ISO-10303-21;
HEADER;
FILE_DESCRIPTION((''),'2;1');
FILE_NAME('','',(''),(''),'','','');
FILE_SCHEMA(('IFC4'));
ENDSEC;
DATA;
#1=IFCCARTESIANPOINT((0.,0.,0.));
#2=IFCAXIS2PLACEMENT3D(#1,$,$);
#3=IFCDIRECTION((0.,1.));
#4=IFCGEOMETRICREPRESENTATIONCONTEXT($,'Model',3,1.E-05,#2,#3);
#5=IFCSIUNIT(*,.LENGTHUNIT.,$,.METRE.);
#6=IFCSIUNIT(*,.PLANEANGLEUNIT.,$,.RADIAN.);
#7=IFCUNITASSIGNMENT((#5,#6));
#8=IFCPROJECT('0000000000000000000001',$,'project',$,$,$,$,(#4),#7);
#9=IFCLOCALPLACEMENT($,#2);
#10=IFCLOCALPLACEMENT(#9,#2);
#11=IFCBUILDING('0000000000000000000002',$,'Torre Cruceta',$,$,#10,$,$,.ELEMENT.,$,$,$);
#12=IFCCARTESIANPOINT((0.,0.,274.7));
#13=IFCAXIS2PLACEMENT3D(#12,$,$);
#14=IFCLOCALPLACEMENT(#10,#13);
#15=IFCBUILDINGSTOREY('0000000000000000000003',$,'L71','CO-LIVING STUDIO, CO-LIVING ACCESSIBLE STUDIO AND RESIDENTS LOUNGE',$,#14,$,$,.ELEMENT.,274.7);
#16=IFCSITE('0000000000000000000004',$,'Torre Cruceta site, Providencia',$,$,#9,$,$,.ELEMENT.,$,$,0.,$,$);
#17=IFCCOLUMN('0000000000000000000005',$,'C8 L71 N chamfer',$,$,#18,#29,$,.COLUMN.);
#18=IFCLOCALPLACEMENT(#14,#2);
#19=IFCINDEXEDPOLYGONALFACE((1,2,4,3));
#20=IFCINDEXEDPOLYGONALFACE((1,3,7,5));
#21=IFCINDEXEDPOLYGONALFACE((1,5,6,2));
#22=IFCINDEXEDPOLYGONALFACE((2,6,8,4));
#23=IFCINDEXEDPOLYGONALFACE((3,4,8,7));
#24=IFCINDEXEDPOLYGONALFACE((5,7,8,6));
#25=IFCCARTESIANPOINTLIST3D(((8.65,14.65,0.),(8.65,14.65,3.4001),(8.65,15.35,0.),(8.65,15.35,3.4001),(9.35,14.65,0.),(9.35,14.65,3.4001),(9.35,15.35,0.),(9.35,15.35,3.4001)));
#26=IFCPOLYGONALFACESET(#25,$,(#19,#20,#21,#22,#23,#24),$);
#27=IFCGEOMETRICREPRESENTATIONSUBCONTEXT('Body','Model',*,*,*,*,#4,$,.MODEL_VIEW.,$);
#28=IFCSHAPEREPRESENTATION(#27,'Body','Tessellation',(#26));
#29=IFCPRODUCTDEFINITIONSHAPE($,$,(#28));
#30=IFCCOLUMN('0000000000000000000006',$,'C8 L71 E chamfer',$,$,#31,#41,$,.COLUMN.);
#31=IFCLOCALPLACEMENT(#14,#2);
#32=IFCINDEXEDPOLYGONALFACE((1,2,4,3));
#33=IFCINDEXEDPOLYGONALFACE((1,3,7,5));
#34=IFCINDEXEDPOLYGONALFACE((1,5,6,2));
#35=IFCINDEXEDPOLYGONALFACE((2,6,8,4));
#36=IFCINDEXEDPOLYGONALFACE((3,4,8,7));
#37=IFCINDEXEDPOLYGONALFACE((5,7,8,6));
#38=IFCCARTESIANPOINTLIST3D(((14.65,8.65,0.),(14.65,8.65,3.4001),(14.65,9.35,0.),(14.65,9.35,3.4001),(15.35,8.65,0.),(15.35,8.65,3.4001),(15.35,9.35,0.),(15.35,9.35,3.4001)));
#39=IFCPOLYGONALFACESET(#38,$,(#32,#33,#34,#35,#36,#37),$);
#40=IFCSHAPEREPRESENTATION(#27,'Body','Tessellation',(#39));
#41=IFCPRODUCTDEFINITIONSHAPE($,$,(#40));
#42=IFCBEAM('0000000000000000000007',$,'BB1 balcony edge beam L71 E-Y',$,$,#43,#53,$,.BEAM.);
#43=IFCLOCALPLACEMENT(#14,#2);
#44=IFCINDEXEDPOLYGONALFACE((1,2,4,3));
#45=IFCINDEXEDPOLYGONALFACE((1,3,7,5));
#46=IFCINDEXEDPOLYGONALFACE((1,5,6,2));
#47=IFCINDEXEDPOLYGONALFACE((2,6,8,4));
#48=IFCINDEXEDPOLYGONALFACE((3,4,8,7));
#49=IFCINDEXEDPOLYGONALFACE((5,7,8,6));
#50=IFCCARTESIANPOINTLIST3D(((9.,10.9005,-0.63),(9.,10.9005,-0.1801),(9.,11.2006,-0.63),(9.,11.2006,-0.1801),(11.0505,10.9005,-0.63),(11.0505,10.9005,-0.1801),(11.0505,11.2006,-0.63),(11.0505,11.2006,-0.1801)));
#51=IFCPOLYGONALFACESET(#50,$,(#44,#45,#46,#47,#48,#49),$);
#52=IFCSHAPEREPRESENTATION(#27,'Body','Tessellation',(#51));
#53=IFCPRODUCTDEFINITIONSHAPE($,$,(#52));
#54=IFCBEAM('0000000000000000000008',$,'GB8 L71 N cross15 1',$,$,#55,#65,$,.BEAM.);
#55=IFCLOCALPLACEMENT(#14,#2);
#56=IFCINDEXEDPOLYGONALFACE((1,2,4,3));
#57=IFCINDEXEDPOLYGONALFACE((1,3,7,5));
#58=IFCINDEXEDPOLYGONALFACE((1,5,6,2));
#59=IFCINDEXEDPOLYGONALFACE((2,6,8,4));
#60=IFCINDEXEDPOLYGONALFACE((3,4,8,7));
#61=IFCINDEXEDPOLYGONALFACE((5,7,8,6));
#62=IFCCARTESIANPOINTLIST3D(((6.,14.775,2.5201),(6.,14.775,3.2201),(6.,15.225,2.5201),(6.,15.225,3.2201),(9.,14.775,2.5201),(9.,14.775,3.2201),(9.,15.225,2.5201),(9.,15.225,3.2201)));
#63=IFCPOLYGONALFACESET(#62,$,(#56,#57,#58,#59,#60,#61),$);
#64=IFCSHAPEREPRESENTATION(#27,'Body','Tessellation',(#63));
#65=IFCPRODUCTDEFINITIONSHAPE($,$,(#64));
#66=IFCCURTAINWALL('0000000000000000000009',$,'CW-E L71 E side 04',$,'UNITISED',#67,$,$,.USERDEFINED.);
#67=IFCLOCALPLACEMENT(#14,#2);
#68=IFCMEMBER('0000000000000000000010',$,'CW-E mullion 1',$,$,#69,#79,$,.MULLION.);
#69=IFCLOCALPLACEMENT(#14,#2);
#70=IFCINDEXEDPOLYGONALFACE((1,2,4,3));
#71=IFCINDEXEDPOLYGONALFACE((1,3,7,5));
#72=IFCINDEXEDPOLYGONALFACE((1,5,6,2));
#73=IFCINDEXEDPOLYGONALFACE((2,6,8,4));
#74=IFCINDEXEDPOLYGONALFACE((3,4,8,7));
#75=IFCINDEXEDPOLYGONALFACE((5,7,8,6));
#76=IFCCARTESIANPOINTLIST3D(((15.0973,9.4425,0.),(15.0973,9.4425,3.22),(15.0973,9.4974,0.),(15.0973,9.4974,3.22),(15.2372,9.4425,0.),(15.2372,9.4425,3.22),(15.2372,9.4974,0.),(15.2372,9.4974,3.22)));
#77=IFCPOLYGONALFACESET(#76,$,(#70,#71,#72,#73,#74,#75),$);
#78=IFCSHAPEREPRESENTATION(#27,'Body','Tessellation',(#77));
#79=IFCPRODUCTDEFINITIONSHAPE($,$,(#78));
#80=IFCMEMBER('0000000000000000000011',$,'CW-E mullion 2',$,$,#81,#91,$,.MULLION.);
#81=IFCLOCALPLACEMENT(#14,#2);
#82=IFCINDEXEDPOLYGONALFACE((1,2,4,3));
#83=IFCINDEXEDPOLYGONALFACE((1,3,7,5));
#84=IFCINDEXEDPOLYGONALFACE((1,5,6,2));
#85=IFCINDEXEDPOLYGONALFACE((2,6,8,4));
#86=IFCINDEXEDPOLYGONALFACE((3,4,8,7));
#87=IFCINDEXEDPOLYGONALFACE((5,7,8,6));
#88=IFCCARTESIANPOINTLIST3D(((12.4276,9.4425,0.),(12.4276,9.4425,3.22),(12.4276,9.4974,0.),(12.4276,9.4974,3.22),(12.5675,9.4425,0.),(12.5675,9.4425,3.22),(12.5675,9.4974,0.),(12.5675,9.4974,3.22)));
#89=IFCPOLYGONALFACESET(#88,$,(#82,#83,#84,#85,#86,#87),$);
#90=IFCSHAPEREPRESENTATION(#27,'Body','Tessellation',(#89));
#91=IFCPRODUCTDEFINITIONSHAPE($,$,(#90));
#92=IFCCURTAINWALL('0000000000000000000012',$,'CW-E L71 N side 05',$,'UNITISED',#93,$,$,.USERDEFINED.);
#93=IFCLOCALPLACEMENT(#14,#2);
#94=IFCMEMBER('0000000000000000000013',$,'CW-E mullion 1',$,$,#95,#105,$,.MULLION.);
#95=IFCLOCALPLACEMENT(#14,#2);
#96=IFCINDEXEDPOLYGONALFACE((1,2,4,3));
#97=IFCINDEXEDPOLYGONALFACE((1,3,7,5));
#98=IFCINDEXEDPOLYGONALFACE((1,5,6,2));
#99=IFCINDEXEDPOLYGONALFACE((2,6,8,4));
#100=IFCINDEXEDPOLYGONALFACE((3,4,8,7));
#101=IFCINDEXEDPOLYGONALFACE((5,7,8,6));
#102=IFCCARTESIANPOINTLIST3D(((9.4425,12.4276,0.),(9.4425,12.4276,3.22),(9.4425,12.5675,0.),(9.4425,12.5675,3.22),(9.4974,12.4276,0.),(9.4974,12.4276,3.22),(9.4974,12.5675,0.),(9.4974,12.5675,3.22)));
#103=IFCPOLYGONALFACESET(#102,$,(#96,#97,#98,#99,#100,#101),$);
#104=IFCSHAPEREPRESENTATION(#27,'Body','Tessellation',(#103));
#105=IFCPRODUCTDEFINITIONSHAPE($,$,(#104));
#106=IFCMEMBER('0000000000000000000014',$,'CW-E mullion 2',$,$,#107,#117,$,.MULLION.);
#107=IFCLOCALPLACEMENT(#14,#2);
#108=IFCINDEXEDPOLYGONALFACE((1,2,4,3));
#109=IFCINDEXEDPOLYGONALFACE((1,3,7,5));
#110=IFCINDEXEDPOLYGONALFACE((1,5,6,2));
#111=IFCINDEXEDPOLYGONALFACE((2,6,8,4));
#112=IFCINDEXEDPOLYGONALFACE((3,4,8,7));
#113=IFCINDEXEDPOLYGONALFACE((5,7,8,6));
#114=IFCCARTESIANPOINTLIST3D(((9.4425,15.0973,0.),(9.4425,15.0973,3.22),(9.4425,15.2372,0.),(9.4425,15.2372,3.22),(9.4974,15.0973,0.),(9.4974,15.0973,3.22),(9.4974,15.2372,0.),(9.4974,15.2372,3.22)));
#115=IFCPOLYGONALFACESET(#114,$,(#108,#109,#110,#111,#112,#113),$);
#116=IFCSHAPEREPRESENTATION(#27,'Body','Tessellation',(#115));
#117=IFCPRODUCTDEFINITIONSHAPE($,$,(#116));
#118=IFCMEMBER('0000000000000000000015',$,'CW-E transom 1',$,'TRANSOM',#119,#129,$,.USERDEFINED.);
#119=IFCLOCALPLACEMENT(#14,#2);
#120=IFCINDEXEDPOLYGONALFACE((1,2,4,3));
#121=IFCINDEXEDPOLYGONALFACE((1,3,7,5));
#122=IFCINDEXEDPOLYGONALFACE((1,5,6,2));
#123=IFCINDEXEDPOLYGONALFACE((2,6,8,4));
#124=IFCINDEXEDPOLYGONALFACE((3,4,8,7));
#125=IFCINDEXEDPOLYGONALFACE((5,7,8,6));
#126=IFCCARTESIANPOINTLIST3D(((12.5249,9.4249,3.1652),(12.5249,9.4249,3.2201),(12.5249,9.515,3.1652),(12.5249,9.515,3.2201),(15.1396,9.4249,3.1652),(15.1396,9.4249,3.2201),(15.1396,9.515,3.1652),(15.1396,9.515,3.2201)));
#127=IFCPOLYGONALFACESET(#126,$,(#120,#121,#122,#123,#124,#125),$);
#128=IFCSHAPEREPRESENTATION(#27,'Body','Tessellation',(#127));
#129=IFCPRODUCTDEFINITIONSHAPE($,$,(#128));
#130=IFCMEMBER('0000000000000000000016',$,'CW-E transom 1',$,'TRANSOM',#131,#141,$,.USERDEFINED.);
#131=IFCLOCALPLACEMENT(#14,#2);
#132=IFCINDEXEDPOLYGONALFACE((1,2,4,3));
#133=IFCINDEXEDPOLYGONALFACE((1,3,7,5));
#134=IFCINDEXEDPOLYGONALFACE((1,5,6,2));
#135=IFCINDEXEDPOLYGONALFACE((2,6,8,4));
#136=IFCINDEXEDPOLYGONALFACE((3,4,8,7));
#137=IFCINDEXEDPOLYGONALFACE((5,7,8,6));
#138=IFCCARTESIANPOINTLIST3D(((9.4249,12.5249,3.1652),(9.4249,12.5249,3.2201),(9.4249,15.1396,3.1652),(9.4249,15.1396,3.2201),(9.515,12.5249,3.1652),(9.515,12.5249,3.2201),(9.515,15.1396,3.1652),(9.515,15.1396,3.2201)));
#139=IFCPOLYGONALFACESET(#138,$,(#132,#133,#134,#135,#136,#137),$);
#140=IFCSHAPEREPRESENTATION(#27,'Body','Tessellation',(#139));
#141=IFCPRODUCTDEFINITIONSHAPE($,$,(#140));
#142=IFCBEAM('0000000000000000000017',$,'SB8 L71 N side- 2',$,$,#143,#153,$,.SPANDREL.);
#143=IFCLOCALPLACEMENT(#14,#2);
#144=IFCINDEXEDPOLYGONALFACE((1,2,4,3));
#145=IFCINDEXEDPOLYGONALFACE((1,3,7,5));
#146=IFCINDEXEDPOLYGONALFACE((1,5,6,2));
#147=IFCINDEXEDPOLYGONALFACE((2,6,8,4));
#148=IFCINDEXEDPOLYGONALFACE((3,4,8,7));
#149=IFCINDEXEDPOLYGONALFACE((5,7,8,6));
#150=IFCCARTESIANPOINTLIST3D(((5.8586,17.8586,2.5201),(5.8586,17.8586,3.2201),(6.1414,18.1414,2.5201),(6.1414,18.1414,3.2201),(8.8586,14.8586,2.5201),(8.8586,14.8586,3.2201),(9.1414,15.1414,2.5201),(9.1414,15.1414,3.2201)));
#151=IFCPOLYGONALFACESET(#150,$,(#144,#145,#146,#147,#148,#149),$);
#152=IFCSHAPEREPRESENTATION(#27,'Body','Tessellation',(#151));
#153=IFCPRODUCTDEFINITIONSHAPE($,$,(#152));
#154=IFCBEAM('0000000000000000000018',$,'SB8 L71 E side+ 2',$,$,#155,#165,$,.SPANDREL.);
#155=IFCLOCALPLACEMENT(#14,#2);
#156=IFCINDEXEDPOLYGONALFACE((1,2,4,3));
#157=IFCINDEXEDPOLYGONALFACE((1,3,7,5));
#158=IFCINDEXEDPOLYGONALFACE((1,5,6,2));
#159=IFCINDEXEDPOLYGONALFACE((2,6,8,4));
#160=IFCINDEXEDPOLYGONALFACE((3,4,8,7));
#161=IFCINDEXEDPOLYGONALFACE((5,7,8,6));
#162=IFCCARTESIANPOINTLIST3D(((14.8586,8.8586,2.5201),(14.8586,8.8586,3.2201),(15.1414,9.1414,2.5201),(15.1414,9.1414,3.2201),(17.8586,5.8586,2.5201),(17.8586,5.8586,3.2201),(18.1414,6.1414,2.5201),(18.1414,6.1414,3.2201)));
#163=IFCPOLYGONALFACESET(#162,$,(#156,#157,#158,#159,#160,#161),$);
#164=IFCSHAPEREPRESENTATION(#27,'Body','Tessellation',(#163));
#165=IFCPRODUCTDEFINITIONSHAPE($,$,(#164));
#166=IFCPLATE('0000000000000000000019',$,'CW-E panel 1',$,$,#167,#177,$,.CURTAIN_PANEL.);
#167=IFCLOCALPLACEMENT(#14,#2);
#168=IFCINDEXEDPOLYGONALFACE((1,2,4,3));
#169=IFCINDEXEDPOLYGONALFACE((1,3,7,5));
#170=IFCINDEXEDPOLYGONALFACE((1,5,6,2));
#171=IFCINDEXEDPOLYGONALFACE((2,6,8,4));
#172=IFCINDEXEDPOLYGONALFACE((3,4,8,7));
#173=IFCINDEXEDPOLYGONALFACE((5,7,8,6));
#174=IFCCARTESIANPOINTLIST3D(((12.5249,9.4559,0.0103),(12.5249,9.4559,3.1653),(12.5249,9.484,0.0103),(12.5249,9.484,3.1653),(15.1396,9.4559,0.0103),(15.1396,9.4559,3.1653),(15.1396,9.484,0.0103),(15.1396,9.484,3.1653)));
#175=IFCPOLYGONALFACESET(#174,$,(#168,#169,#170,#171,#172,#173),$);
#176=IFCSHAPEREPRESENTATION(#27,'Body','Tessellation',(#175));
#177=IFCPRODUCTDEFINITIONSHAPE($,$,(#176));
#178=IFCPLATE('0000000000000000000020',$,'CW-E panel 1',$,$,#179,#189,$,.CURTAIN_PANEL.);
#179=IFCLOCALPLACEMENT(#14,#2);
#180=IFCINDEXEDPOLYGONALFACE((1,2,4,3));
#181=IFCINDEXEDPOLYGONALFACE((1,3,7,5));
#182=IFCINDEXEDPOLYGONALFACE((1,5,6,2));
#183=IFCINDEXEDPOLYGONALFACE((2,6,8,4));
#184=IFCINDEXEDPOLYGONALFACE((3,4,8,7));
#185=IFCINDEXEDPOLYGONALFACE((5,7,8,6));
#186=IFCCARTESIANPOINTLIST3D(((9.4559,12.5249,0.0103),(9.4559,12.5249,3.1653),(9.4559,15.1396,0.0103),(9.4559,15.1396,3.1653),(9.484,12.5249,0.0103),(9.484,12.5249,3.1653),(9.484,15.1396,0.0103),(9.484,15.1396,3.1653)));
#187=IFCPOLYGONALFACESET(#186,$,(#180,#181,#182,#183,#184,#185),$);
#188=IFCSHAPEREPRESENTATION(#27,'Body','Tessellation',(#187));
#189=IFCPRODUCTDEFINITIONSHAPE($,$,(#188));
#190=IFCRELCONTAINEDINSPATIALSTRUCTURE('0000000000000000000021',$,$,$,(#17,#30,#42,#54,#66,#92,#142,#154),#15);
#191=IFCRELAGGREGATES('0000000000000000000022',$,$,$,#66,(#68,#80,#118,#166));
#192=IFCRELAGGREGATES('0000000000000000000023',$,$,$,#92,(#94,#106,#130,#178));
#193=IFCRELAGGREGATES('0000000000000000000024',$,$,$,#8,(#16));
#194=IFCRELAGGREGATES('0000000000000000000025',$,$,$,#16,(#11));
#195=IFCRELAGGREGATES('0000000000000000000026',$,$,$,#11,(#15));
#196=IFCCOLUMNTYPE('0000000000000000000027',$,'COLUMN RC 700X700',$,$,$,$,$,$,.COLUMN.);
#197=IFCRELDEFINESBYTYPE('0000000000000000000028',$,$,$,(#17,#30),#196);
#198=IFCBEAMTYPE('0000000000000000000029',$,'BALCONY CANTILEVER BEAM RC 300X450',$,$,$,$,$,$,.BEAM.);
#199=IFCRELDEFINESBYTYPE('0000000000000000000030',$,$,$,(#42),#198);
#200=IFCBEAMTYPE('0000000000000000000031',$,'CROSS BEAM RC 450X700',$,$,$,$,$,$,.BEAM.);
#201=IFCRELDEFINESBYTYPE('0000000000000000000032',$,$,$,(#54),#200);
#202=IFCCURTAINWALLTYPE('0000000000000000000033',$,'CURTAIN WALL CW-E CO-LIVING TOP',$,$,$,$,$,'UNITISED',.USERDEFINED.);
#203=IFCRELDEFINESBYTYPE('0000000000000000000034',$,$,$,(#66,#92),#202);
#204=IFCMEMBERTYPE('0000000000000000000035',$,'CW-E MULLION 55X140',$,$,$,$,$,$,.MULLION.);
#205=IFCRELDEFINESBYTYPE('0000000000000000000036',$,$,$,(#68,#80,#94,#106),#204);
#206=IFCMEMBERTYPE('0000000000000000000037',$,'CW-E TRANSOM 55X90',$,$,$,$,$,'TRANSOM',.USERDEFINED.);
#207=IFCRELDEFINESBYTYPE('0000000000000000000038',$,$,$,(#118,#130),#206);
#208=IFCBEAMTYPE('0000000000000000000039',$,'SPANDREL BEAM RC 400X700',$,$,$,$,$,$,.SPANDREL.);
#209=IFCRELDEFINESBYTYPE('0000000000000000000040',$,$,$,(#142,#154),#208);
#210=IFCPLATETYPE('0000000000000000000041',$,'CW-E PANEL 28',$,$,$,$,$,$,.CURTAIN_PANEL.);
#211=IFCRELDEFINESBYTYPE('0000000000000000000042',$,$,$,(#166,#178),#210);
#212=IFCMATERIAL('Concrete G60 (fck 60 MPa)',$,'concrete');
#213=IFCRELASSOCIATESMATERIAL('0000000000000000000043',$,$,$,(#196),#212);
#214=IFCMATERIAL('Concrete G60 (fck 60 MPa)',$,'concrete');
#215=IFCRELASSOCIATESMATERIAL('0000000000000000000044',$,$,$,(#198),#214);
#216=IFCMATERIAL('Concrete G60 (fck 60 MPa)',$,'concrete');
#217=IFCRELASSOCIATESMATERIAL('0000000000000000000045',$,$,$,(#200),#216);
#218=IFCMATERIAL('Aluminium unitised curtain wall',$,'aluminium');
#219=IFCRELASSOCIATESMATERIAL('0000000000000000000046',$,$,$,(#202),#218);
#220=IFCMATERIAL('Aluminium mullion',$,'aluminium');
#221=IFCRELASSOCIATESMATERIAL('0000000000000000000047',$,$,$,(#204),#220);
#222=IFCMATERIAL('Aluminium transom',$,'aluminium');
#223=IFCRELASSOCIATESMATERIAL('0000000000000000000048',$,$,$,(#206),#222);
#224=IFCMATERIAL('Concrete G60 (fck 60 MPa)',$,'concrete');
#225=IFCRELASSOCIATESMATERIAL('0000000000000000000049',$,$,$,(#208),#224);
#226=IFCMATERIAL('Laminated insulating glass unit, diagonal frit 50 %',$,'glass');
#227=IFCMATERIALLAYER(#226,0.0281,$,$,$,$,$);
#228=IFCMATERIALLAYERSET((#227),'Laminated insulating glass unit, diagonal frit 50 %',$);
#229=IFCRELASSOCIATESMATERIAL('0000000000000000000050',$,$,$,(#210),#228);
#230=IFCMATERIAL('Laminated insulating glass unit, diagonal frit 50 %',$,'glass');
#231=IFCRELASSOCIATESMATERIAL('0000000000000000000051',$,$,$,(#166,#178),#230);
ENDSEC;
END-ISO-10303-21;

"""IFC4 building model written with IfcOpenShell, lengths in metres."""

from ifc_helpers import new_model, si_unit, direction, frame, origin, origin_2d, place, context, subcontext, project, spatial, rectangle, extrude, material, layer, layer_set, material_profile, profile_set, type_object, element, aggregate, save


model = new_model("IFC4")

# Units and contexts
model_context = context("Model", 3, precision=1e-05, world=origin(), true_north=direction((0.0, 1.0)))
body_context = subcontext(model_context, "Body", "Model", "MODEL_VIEW")
ifc_project = project(units=[si_unit("LENGTHUNIT", "METRE"), si_unit("PLANEANGLEUNIT", "RADIAN")], contexts=[model_context])

# Site, building, storey
site_placement = place(None, origin())
site = spatial("IfcSite", under=ifc_project, at=site_placement, Name="Torre Cruceta site, Providencia", CompositionType="ELEMENT", RefElevation=0.0)
building_placement = place(site_placement, origin())
building = spatial("IfcBuilding", under=site, at=building_placement, Name="Torre Cruceta", CompositionType="ELEMENT")
storey_placement = place(building_placement, frame((0.0, 0.0, 274.7)))
storey = spatial("IfcBuildingStorey", under=building, at=storey_placement, Name="L71", Description="CO-LIVING STUDIO, CO-LIVING ACCESSIBLE STUDIO AND RESIDENTS LOUNGE", CompositionType="ELEMENT", Elevation=274.7)

# Columns
ifc_material_1 = material(Name="Concrete G60 (fck 60 MPa)", Category="concrete")
ifc_material_profile_1 = material_profile(ifc_material_1, rectangle(XDim=0.7, YDim=0.7, at=origin_2d()), Name="RC 700X700")
ifc_profile_set_1 = profile_set([ifc_material_profile_1], Name="Concrete G60 (fck 60 MPa)")
column_type = type_object("IfcColumnType", Name="COLUMN RC 700X700", PredefinedType="COLUMN", material=ifc_profile_set_1)
for number, where, z_axis, x_axis, name in (
    (1, (9.0, 15.0, 0.0), (0.0, 0.0, 1.0), (1.0, 0.0, 0.0), "C8 L71 N chamfer"),
    (2, (15.0, 9.0, 0.0), (0.0, 0.0, 1.0), (1.0, 0.0, 0.0), "C8 L71 E chamfer"),
):
    element("IfcColumn", number, at=place(storey_placement, frame(where, z_axis=z_axis, x_axis=x_axis)), inside=storey, type_object=column_type, Name=name, PredefinedType="COLUMN", context=body_context, shape_type="SweptSolid", body=[
        extrude(rectangle(XDim=0.7, YDim=0.7, at=origin_2d()), origin(), (0.0, 0.0, 1.0), 3.4001),
    ])

# Beams
ifc_material_2 = material(Name="Concrete G60 (fck 60 MPa)", Category="concrete")
ifc_material_profile_2 = material_profile(ifc_material_2, rectangle(XDim=0.3, YDim=0.45, at=origin_2d()), Name="RC 300X450")
ifc_profile_set_2 = profile_set([ifc_material_profile_2], Name="Concrete G60 (fck 60 MPa)")
beam_type_1 = type_object("IfcBeamType", Name="BALCONY CANTILEVER BEAM RC 300X450", PredefinedType="BEAM", material=ifc_profile_set_2)
beam_1_placement = place(storey_placement, frame((9.0, 11.0505, -0.405), z_axis=(1.0, 0.0, 0.0), x_axis=(0.0, 1.0, 0.0)))
element("IfcBeam", 3, at=beam_1_placement, inside=storey, type_object=beam_type_1, Name="BB1 balcony edge beam L71 E-Y", PredefinedType="BEAM", context=body_context, shape_type="SweptSolid", body=[
    extrude(rectangle(XDim=0.3, YDim=0.45, at=origin_2d()), origin(), (0.0, 0.0, 1.0), 2.0505),
])
ifc_material_3 = material(Name="Concrete G60 (fck 60 MPa)", Category="concrete")
ifc_material_profile_3 = material_profile(ifc_material_3, rectangle(XDim=0.45, YDim=0.7, at=origin_2d()), Name="RC 450X700")
ifc_profile_set_3 = profile_set([ifc_material_profile_3], Name="Concrete G60 (fck 60 MPa)")
beam_type_2 = type_object("IfcBeamType", Name="CROSS BEAM RC 450X700", PredefinedType="BEAM", material=ifc_profile_set_3)
beam_2_placement = place(storey_placement, frame((9.0, 15.0, 2.8701), z_axis=(-1.0, 0.0, 0.0), x_axis=(0.0, -1.0, 0.0)))
element("IfcBeam", 4, at=beam_2_placement, inside=storey, type_object=beam_type_2, Name="GB8 L71 N cross15 1", PredefinedType="BEAM", context=body_context, shape_type="SweptSolid", body=[
    extrude(rectangle(XDim=0.45, YDim=0.7, at=origin_2d()), origin(), (0.0, 0.0, 1.0), 3.0),
])

# Curtain walls, members
ifc_material_4 = material(Name="Aluminium unitised curtain wall", Category="aluminium")
curtain_wall_type = type_object("IfcCurtainWallType", Name="CURTAIN WALL CW-E CO-LIVING TOP", ElementType="UNITISED", PredefinedType="USERDEFINED", material=ifc_material_4)
curtain_wall_1_placement = place(storey_placement, origin())
curtain_wall_1 = element("IfcCurtainWall", 5, at=curtain_wall_1_placement, inside=storey, type_object=curtain_wall_type, Name="CW-E L71 E side 04", ObjectType="UNITISED", PredefinedType="USERDEFINED")
ifc_material_5 = material(Name="Aluminium mullion", Category="aluminium")
ifc_material_profile_4 = material_profile(ifc_material_5, rectangle(XDim=0.0549, YDim=0.1399, at=origin_2d()), Name="AL 55X140")
ifc_profile_set_4 = profile_set([ifc_material_profile_4], Name="Aluminium mullion")
member_type_1 = type_object("IfcMemberType", Name="CW-E MULLION 55X140", PredefinedType="MULLION", material=ifc_profile_set_4)
member_1_placement = place(storey_placement, frame((15.1672, 9.47, 0.0), z_axis=(0.0, 0.0, 1.0), x_axis=(0.0, -1.0, 0.0)))
member_1 = element("IfcMember", 6, at=member_1_placement, type_object=member_type_1, Name="CW-E mullion 1", PredefinedType="MULLION", context=body_context, shape_type="SweptSolid", body=[
    extrude(rectangle(XDim=0.0549, YDim=0.1399, at=origin_2d()), origin(), (0.0, 0.0, 1.0), 3.22),
])
member_2_placement = place(storey_placement, frame((12.4976, 9.47, 0.0), z_axis=(0.0, 0.0, 1.0), x_axis=(0.0, -1.0, 0.0)))
member_2 = element("IfcMember", 7, at=member_2_placement, type_object=member_type_1, Name="CW-E mullion 2", PredefinedType="MULLION", context=body_context, shape_type="SweptSolid", body=[
    extrude(rectangle(XDim=0.0549, YDim=0.1399, at=origin_2d()), origin(), (0.0, 0.0, 1.0), 3.22),
])
curtain_wall_2_placement = place(storey_placement, origin())
curtain_wall_2 = element("IfcCurtainWall", 8, at=curtain_wall_2_placement, inside=storey, type_object=curtain_wall_type, Name="CW-E L71 N side 05", ObjectType="UNITISED", PredefinedType="USERDEFINED")
member_3_placement = place(storey_placement, frame((9.47, 12.4976, 0.0), z_axis=(0.0, 0.0, 1.0), x_axis=(-1.0, 0.0, 0.0)))
member_3 = element("IfcMember", 9, at=member_3_placement, type_object=member_type_1, Name="CW-E mullion 1", PredefinedType="MULLION", context=body_context, shape_type="SweptSolid", body=[
    extrude(rectangle(XDim=0.0549, YDim=0.1399, at=origin_2d()), origin(), (0.0, 0.0, 1.0), 3.22),
])
member_4_placement = place(storey_placement, frame((9.47, 15.1672, 0.0), z_axis=(0.0, 0.0, 1.0), x_axis=(-1.0, 0.0, 0.0)))
member_4 = element("IfcMember", 10, at=member_4_placement, type_object=member_type_1, Name="CW-E mullion 2", PredefinedType="MULLION", context=body_context, shape_type="SweptSolid", body=[
    extrude(rectangle(XDim=0.0549, YDim=0.1399, at=origin_2d()), origin(), (0.0, 0.0, 1.0), 3.22),
])

# Members
ifc_material_6 = material(Name="Aluminium transom", Category="aluminium")
ifc_material_profile_5 = material_profile(ifc_material_6, rectangle(XDim=0.0901, YDim=0.0549, at=origin_2d()), Name="AL 90X55")
ifc_profile_set_5 = profile_set([ifc_material_profile_5], Name="Aluminium transom")
member_type_2 = type_object("IfcMemberType", Name="CW-E TRANSOM 55X90", ElementType="TRANSOM", PredefinedType="USERDEFINED", material=ifc_profile_set_5)
member_5_placement = place(storey_placement, frame((15.1396, 9.47, 3.1926), z_axis=(-1.0, 0.0, 0.0), x_axis=(0.0, -1.0, 0.0)))
member_5 = element("IfcMember", 11, at=member_5_placement, type_object=member_type_2, Name="CW-E transom 1", ObjectType="TRANSOM", PredefinedType="USERDEFINED", context=body_context, shape_type="SweptSolid", body=[
    extrude(rectangle(XDim=0.0901, YDim=0.0549, at=origin_2d()), origin(), (0.0, 0.0, 1.0), 2.6147),
])
member_6_placement = place(storey_placement, frame((9.47, 12.5249, 3.1926), z_axis=(0.0, 1.0, 0.0), x_axis=(-1.0, 0.0, 0.0)))
member_6 = element("IfcMember", 12, at=member_6_placement, type_object=member_type_2, Name="CW-E transom 1", ObjectType="TRANSOM", PredefinedType="USERDEFINED", context=body_context, shape_type="SweptSolid", body=[
    extrude(rectangle(XDim=0.0901, YDim=0.0549, at=origin_2d()), origin(), (0.0, 0.0, 1.0), 2.6147),
])

# Beams
ifc_material_7 = material(Name="Concrete G60 (fck 60 MPa)", Category="concrete")
ifc_material_profile_6 = material_profile(ifc_material_7, rectangle(XDim=0.3999, YDim=0.7, at=origin_2d()), Name="RC 400X700")
ifc_profile_set_6 = profile_set([ifc_material_profile_6], Name="Concrete G60 (fck 60 MPa)")
beam_type_3 = type_object("IfcBeamType", Name="SPANDREL BEAM RC 400X700", PredefinedType="SPANDREL", material=ifc_profile_set_6)
for number, where, z_axis, x_axis, name in (
    (13, (9.0, 15.0, 2.8701), (-0.707107, 0.707107, 0.0), (-0.707107, -0.707107, 0.0), "SB8 L71 N side- 2"),
    (14, (15.0, 9.0, 2.8701), (0.707107, -0.707107, 0.0), (0.707107, 0.707107, 0.0), "SB8 L71 E side+ 2"),
):
    element("IfcBeam", number, at=place(storey_placement, frame(where, z_axis=z_axis, x_axis=x_axis)), inside=storey, type_object=beam_type_3, Name=name, PredefinedType="SPANDREL", context=body_context, shape_type="SweptSolid", body=[
        extrude(rectangle(XDim=0.3999, YDim=0.7, at=origin_2d()), origin(), (0.0, 0.0, 1.0), 4.2427),
    ])

# Plates
ifc_material_8 = material(Name="Laminated insulating glass unit, diagonal frit 50 %", Category="glass")
ifc_material_9 = material(Name="Laminated insulating glass unit, diagonal frit 50 %", Category="glass")
ifc_layer_1 = layer(ifc_material_9, 0.0281)
ifc_layer_set_1 = layer_set([ifc_layer_1], Name="Laminated insulating glass unit, diagonal frit 50 %")
plate_type = type_object("IfcPlateType", Name="CW-E PANEL 28", PredefinedType="CURTAIN_PANEL", material=ifc_layer_set_1)
plate_1_placement = place(storey_placement, frame((13.8323, 9.47, 0.0103), z_axis=(0.0, 0.0, 1.0), x_axis=(-1.0, 0.0, 0.0)))
plate_1 = element("IfcPlate", 15, at=plate_1_placement, type_object=plate_type, material=ifc_material_8, Name="CW-E panel 1", PredefinedType="CURTAIN_PANEL", context=body_context, shape_type="SweptSolid", body=[
    extrude(rectangle(XDim=2.6147, YDim=0.0281, at=origin_2d()), origin(), (0.0, 0.0, 1.0), 3.155),
])
aggregate(curtain_wall_1, [member_1, member_2, member_5, plate_1])
plate_2_placement = place(storey_placement, frame((9.47, 13.8323, 0.0103), z_axis=(0.0, 0.0, 1.0), x_axis=(0.0, 1.0, 0.0)))
plate_2 = element("IfcPlate", 16, at=plate_2_placement, type_object=plate_type, material=ifc_material_8, Name="CW-E panel 1", PredefinedType="CURTAIN_PANEL", context=body_context, shape_type="SweptSolid", body=[
    extrude(rectangle(XDim=2.6147, YDim=0.0281, at=origin_2d()), origin(), (0.0, 0.0, 1.0), 3.155),
])
aggregate(curtain_wall_2, [member_3, member_4, member_6, plate_2])

save(model, "model.ifc")
